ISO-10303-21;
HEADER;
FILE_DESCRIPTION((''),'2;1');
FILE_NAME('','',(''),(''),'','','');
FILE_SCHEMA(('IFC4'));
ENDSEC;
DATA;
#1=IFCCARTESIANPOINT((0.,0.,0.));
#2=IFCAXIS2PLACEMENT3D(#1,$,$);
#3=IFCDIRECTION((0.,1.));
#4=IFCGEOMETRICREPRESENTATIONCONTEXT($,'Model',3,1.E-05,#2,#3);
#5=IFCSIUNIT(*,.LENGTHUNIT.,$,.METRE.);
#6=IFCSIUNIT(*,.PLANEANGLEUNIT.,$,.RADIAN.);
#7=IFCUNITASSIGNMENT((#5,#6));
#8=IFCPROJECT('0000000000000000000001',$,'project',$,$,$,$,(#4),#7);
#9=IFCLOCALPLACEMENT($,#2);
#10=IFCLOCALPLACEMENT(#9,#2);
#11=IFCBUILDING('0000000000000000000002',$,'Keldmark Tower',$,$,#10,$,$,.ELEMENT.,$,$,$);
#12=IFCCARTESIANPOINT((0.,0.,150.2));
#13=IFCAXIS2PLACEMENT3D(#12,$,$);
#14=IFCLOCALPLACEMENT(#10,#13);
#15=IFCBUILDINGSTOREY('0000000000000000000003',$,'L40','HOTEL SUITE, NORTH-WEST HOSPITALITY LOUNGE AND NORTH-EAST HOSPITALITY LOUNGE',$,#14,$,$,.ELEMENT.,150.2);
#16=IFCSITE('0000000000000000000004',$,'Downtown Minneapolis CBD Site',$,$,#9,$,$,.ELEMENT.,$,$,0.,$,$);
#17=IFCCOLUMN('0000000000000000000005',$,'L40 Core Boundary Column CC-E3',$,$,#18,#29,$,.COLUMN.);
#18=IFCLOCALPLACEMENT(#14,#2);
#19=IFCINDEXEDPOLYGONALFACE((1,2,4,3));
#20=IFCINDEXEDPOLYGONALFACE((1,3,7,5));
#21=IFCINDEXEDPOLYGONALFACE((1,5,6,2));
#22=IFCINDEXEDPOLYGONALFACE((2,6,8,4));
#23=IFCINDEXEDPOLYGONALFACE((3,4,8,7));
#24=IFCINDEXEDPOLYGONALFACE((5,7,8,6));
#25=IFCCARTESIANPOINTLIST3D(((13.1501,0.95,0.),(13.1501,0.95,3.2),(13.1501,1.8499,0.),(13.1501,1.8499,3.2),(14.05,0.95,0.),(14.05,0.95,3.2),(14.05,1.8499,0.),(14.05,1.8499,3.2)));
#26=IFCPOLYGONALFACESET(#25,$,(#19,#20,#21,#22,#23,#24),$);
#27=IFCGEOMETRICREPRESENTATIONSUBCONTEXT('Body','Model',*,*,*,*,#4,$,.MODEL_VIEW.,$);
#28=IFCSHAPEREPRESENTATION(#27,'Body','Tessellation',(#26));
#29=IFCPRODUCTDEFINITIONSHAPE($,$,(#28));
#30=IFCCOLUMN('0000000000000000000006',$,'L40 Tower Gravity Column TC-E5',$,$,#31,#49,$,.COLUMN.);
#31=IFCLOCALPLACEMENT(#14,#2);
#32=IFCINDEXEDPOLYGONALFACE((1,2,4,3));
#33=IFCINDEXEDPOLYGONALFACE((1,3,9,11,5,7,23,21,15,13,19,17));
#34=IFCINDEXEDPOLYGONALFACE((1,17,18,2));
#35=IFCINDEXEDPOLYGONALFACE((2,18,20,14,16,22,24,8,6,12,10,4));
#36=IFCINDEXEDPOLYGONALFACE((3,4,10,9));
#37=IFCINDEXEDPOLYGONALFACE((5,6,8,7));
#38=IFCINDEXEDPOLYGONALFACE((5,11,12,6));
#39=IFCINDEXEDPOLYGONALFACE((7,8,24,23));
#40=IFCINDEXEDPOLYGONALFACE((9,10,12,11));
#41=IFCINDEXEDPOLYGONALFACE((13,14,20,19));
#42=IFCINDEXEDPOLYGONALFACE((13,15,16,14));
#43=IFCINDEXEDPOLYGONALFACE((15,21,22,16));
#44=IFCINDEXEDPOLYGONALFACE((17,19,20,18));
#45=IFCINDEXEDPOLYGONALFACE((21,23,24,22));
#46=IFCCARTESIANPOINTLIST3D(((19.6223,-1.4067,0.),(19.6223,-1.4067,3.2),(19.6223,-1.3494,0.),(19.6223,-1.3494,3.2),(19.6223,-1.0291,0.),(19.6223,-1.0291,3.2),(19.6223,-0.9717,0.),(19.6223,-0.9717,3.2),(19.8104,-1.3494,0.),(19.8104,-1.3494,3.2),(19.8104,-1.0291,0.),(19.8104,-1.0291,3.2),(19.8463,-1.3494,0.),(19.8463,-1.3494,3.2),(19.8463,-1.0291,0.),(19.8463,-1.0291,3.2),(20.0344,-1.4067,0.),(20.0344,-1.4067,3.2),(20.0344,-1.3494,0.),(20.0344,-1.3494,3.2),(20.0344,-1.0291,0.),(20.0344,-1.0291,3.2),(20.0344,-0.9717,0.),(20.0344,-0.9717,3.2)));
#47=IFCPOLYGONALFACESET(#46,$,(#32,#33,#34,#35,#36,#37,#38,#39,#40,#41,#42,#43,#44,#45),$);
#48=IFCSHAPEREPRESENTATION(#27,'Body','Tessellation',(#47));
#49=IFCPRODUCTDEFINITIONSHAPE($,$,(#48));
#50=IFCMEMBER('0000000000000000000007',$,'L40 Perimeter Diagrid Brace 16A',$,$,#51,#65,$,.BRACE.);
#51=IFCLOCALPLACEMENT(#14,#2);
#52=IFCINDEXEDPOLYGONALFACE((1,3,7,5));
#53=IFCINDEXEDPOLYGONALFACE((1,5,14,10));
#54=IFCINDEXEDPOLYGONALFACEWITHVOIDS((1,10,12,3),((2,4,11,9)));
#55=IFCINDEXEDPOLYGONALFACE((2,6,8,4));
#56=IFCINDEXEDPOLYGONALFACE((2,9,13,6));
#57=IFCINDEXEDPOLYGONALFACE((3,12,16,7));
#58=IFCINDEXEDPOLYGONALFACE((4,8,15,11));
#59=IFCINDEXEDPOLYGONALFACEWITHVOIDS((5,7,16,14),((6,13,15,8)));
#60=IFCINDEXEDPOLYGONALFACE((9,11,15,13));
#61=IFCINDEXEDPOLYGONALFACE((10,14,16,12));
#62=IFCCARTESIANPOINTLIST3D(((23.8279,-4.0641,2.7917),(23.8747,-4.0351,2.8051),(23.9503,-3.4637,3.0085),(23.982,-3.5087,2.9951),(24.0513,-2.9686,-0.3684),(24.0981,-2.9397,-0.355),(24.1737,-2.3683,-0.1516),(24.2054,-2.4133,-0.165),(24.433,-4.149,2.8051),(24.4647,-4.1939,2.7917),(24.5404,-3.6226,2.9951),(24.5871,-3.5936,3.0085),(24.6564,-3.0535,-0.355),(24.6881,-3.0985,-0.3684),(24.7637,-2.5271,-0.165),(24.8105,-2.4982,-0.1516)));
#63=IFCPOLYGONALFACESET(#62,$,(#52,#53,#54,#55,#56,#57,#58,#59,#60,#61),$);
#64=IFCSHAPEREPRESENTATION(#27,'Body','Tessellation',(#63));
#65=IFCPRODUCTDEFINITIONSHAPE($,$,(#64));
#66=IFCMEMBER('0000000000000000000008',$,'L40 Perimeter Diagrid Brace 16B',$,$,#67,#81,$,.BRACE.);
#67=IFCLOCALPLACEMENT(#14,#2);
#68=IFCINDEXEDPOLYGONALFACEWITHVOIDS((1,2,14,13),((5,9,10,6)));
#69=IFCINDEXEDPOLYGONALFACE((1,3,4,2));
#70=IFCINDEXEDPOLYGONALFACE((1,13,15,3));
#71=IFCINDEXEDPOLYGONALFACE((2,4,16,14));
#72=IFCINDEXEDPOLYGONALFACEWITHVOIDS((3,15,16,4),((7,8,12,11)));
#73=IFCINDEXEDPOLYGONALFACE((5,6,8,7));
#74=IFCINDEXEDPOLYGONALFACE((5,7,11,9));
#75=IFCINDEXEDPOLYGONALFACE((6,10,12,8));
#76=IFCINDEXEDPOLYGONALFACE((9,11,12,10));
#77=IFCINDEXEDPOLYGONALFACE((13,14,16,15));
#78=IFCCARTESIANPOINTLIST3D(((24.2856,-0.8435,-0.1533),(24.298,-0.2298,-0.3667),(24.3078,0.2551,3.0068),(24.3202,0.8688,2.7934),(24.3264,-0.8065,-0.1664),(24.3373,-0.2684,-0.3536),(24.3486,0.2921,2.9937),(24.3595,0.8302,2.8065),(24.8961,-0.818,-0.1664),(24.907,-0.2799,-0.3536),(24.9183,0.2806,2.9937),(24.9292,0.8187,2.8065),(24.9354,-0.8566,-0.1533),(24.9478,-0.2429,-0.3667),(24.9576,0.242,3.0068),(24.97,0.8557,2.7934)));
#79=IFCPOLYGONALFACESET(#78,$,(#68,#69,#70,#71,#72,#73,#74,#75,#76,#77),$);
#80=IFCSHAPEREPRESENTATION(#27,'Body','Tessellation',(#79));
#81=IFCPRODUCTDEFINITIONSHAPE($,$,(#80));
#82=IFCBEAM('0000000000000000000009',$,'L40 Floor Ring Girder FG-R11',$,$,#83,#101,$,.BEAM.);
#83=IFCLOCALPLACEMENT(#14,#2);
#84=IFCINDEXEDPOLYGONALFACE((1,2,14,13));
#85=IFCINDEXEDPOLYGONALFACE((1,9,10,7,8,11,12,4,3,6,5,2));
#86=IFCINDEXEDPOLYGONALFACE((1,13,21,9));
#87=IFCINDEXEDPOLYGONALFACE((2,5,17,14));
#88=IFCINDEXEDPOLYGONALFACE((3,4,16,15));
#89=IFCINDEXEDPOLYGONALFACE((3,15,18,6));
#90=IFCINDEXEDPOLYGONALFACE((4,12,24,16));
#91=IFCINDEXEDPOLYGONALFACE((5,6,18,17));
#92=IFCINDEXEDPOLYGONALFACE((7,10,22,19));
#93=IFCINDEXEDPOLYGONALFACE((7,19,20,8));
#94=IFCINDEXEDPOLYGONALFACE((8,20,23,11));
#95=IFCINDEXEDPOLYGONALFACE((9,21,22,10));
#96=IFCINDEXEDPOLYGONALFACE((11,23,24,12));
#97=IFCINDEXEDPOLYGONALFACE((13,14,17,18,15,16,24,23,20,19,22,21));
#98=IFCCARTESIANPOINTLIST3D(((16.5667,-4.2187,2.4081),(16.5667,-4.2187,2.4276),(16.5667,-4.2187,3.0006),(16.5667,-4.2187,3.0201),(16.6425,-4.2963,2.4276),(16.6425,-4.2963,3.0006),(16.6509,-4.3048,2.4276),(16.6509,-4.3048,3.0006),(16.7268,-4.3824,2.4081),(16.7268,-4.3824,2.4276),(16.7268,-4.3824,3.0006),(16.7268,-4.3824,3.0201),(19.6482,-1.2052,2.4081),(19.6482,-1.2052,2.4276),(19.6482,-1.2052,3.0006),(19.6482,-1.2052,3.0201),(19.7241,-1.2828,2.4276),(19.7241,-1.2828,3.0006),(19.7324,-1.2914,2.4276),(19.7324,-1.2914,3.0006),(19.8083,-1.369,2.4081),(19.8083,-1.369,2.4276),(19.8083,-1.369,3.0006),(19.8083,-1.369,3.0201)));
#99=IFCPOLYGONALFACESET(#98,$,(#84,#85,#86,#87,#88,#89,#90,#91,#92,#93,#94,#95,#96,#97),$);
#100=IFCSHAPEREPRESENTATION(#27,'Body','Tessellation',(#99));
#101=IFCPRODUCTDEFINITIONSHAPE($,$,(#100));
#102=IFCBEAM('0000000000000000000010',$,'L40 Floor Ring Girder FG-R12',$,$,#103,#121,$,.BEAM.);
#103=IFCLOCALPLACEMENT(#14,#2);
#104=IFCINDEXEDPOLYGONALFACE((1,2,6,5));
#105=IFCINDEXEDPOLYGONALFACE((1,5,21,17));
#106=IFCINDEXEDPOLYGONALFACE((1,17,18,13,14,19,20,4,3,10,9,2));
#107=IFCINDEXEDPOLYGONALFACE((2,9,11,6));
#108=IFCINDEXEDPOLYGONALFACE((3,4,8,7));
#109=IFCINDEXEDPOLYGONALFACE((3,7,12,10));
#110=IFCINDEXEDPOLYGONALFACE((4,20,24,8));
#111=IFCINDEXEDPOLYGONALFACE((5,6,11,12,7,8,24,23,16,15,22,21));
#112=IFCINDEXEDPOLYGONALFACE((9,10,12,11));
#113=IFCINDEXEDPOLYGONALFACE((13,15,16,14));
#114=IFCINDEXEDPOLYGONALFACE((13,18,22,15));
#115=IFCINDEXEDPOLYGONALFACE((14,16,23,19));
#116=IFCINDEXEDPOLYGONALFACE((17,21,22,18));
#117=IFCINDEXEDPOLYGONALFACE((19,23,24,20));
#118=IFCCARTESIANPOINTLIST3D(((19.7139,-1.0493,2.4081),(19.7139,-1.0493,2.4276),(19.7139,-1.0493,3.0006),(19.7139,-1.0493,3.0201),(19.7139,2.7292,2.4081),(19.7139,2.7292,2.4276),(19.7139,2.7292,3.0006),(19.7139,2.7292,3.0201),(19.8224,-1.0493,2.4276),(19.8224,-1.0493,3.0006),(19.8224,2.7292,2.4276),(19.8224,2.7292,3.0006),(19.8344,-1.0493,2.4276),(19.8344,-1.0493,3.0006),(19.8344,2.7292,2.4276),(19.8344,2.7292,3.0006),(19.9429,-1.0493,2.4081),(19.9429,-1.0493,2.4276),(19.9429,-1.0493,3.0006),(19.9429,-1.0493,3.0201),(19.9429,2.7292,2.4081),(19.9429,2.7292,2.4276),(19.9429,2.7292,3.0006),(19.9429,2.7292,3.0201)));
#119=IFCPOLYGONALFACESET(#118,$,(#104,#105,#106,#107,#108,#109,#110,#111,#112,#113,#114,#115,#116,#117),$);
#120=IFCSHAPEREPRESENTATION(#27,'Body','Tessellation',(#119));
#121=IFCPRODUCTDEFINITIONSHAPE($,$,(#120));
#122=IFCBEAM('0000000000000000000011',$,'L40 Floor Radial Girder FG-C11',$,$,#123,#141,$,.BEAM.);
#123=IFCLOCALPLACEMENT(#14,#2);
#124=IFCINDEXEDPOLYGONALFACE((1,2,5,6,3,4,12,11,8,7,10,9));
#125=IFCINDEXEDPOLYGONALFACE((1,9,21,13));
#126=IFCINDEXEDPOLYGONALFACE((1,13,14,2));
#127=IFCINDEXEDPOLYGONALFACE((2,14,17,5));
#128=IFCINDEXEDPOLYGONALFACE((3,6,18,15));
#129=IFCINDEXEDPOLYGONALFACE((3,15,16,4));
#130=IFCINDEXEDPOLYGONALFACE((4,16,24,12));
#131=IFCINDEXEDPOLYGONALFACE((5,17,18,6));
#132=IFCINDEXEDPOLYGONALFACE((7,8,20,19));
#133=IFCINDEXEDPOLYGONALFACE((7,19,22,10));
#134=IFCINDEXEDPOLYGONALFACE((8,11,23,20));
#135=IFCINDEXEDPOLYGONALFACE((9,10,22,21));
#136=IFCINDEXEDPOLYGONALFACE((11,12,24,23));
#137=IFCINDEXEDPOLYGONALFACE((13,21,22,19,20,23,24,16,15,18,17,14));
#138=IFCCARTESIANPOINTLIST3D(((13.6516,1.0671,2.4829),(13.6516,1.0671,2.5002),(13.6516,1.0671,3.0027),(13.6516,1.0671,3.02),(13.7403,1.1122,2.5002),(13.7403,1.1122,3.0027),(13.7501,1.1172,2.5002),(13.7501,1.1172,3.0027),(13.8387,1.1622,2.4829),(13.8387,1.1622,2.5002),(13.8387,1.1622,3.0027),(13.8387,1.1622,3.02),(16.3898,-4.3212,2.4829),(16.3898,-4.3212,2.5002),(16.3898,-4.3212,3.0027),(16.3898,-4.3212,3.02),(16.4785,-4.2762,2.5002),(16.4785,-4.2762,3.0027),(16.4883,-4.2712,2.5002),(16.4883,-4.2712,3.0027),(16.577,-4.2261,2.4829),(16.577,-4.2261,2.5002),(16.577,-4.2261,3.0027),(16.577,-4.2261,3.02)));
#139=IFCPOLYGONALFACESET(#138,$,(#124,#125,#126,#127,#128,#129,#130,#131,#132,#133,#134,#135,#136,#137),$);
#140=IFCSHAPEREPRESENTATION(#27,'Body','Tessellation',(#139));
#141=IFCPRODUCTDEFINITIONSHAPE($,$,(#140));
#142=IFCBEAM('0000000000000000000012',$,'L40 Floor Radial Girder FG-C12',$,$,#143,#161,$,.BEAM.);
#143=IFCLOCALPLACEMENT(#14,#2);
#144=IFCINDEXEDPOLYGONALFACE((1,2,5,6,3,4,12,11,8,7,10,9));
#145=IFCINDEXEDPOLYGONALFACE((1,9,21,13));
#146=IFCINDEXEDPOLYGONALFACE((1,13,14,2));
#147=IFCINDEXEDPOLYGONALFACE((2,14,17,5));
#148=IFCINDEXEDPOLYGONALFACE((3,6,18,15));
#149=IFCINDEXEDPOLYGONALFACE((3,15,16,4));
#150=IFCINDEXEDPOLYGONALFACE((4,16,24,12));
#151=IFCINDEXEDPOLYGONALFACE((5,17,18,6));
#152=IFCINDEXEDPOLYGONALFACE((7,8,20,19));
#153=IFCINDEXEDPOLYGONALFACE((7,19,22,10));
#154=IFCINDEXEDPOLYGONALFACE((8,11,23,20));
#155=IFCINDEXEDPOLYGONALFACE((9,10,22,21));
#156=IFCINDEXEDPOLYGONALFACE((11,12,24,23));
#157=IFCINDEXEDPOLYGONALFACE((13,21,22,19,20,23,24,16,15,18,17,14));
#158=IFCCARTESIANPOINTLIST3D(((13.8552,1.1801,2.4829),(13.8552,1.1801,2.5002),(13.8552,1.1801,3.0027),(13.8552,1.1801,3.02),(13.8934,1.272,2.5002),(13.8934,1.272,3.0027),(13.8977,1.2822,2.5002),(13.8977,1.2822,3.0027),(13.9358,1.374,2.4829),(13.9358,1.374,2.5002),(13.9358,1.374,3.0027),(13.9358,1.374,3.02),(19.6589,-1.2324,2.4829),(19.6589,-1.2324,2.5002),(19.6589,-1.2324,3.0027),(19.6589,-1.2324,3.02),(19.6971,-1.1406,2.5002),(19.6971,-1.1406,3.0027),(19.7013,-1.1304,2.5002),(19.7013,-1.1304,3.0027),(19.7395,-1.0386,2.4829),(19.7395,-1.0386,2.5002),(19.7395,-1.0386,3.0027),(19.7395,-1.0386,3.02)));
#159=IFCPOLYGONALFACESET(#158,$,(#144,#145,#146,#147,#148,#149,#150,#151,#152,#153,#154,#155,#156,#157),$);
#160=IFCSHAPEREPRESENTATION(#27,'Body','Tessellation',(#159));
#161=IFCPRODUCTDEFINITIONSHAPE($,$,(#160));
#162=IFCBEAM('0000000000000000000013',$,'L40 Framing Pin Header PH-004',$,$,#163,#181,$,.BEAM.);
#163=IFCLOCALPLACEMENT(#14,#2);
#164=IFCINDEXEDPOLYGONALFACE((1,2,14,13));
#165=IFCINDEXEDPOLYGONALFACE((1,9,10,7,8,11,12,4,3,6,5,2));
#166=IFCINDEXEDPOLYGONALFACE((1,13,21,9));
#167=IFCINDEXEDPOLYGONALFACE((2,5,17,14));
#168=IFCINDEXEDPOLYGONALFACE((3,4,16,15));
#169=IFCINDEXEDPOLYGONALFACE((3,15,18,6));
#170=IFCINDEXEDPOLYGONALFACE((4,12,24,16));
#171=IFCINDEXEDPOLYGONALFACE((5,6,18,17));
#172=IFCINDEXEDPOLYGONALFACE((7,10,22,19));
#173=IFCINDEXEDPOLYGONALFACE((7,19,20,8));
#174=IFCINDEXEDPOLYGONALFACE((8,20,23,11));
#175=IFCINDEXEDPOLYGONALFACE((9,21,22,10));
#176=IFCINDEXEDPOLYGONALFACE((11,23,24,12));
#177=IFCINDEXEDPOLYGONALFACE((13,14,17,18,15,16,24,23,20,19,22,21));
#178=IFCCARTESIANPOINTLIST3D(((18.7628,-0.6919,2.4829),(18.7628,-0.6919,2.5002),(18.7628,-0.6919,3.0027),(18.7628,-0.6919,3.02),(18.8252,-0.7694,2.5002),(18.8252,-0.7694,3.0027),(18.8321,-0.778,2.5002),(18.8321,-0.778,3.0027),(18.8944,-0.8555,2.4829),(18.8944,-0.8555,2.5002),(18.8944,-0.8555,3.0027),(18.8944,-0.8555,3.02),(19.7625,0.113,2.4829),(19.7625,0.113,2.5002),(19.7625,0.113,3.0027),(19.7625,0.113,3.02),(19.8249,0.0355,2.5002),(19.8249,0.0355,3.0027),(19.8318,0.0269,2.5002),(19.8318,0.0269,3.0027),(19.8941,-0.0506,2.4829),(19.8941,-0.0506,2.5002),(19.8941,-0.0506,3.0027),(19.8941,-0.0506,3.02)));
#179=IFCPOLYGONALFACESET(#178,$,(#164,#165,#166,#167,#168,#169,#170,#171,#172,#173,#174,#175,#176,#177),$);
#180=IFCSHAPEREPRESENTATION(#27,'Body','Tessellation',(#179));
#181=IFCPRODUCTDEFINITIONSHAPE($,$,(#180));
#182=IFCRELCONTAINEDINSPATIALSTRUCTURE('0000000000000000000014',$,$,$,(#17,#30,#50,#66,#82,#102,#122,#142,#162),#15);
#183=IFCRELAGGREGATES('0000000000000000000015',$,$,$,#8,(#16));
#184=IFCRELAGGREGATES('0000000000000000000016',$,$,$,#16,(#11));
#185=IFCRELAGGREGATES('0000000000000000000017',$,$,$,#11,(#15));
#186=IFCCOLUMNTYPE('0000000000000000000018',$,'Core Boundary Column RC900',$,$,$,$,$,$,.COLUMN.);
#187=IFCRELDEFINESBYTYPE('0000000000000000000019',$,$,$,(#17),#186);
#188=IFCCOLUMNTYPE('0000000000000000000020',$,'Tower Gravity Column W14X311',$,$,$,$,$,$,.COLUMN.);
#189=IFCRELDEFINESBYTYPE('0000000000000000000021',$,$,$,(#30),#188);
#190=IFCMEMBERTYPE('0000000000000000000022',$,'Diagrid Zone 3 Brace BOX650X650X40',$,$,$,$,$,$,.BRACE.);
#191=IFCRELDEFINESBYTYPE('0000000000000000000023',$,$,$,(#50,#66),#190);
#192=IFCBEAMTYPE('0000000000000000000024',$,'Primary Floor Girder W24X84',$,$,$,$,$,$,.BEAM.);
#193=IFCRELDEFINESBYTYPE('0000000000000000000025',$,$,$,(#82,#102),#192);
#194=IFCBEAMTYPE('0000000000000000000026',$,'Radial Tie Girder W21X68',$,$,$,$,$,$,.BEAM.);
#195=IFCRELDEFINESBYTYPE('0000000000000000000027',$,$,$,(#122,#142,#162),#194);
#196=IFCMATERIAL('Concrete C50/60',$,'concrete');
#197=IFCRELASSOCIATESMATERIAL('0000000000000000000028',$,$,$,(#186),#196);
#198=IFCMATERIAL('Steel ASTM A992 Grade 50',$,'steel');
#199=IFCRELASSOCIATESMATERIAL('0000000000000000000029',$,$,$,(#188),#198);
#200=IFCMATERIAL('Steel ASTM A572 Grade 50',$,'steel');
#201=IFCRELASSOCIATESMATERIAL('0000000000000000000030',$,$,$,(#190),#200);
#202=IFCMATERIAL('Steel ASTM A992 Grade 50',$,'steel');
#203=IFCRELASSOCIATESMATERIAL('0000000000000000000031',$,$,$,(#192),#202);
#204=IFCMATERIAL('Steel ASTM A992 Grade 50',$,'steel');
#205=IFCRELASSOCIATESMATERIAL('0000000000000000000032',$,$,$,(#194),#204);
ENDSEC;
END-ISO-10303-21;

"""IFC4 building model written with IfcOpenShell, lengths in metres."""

from ifc_helpers import new_model, si_unit, direction, frame, origin, origin_2d, place, context, subcontext, project, spatial, rectangle, hollow_rectangle, i_section, extrude, material, material_profile, profile_set, type_object, element, save


model = new_model("IFC4")

# Units and contexts
model_context = context("Model", 3, precision=1e-05, world=origin(), true_north=direction((0.0, 1.0)))
body_context = subcontext(model_context, "Body", "Model", "MODEL_VIEW")
ifc_project = project(units=[si_unit("LENGTHUNIT", "METRE"), si_unit("PLANEANGLEUNIT", "RADIAN")], contexts=[model_context])

# Site, building, storey
site_placement = place(None, origin())
site = spatial("IfcSite", under=ifc_project, at=site_placement, Name="Downtown Minneapolis CBD Site", CompositionType="ELEMENT", RefElevation=0.0)
building_placement = place(site_placement, origin())
building = spatial("IfcBuilding", under=site, at=building_placement, Name="Keldmark Tower", CompositionType="ELEMENT")
storey_placement = place(building_placement, frame((0.0, 0.0, 150.2)))
storey = spatial("IfcBuildingStorey", under=building, at=storey_placement, Name="L40", Description="HOTEL SUITE, NORTH-WEST HOSPITALITY LOUNGE AND NORTH-EAST HOSPITALITY LOUNGE", CompositionType="ELEMENT", Elevation=150.2)

# Columns
ifc_material_1 = material(Name="Concrete C50/60", Category="concrete")
ifc_material_profile_1 = material_profile(ifc_material_1, rectangle(XDim=0.8999, YDim=0.8999, at=origin_2d()), Name="RC900X900")
ifc_profile_set_1 = profile_set([ifc_material_profile_1], Name="Concrete C50/60")
column_type_1 = type_object("IfcColumnType", Name="Core Boundary Column RC900", PredefinedType="COLUMN", material=ifc_profile_set_1)
column_1_placement = place(storey_placement, frame((13.6001, 1.3999, 0.0), z_axis=(0.0, 0.0, 1.0), x_axis=(1.0, 0.0, 0.0)))
element("IfcColumn", 1, at=column_1_placement, inside=storey, type_object=column_type_1, Name="L40 Core Boundary Column CC-E3", PredefinedType="COLUMN", context=body_context, shape_type="SweptSolid", body=[
    extrude(rectangle(XDim=0.8999, YDim=0.8999, at=origin_2d()), origin(), (0.0, 0.0, 1.0), 3.2),
])
ifc_material_2 = material(Name="Steel ASTM A992 Grade 50", Category="steel")
ifc_material_profile_2 = material_profile(ifc_material_2, i_section(OverallWidth=0.4121, OverallDepth=0.4351, WebThickness=0.0359, FlangeThickness=0.0574, at=origin_2d()), Name="W14X311")
ifc_profile_set_2 = profile_set([ifc_material_profile_2], Name="Steel ASTM A992 Grade 50")
column_type_2 = type_object("IfcColumnType", Name="Tower Gravity Column W14X311", PredefinedType="COLUMN", material=ifc_profile_set_2)
column_2_placement = place(storey_placement, frame((19.8284, -1.1892, 0.0), z_axis=(0.0, 0.0, 1.0), x_axis=(1.0, 0.0, 0.0)))
element("IfcColumn", 2, at=column_2_placement, inside=storey, type_object=column_type_2, Name="L40 Tower Gravity Column TC-E5", PredefinedType="COLUMN", context=body_context, shape_type="SweptSolid", body=[
    extrude(i_section(OverallWidth=0.4121, OverallDepth=0.4351, WebThickness=0.0359, FlangeThickness=0.0574, at=origin_2d()), origin(), (0.0, 0.0, 1.0), 3.2),
])

# Members
ifc_material_3 = material(Name="Steel ASTM A572 Grade 50", Category="steel")
ifc_material_profile_3 = material_profile(ifc_material_3, hollow_rectangle(XDim=0.6499, YDim=0.6499, WallThickness=0.04, at=origin_2d()), Name="BOX650X650X40")
ifc_profile_set_3 = profile_set([ifc_material_profile_3], Name="Steel ASTM A572 Grade 50")
member_type = type_object("IfcMemberType", Name="Diagrid Zone 3 Brace BOX650X650X40", PredefinedType="BRACE", material=ifc_profile_set_3)
member_1_placement = place(storey_placement, frame((24.4309, -2.7334, -0.26), z_axis=(-0.066642, -0.326799, 0.942742), x_axis=(0.979835, -0.19981, 0.0)))
element("IfcMember", 3, at=member_1_placement, inside=storey, type_object=member_type, Name="L40 Perimeter Diagrid Brace 16A", PredefinedType="BRACE", context=body_context, shape_type="SweptSolid", body=[
    extrude(hollow_rectangle(XDim=0.6499, YDim=0.6499, WallThickness=0.04, at=origin_2d()), origin(), (0.0, 0.0, 1.0), 3.3521),
])
member_2_placement = place(storey_placement, frame((24.6167, -0.5432, -0.26), z_axis=(0.00664, 0.328366, 0.944527), x_axis=(-0.999796, 0.020218, 0.0)))
element("IfcMember", 4, at=member_2_placement, inside=storey, type_object=member_type, Name="L40 Perimeter Diagrid Brace 16B", PredefinedType="BRACE", context=body_context, shape_type="SweptSolid", body=[
    extrude(hollow_rectangle(XDim=0.6499, YDim=0.6499, WallThickness=0.04, at=origin_2d()), origin(), (0.0, 0.0, 1.0), 3.3457),
])

# Beams
ifc_material_4 = material(Name="Steel ASTM A992 Grade 50", Category="steel")
ifc_material_profile_4 = material_profile(ifc_material_4, i_section(OverallWidth=0.229, OverallDepth=0.6121, WebThickness=0.012, FlangeThickness=0.0195, at=origin_2d()), Name="W24X84")
ifc_profile_set_4 = profile_set([ifc_material_profile_4], Name="Steel ASTM A992 Grade 50")
beam_type_1 = type_object("IfcBeamType", Name="Primary Floor Girder W24X84", PredefinedType="BEAM", material=ifc_profile_set_4)
beam_1_placement = place(storey_placement, frame((16.6467, -4.3005, 2.7141), z_axis=(0.714965, 0.699161, 0.0), x_axis=(-0.699161, 0.714965, 0.0)))
element("IfcBeam", 5, at=beam_1_placement, inside=storey, type_object=beam_type_1, Name="L40 Floor Ring Girder FG-R11", PredefinedType="BEAM", context=body_context, shape_type="SweptSolid", body=[
    extrude(i_section(OverallWidth=0.229, OverallDepth=0.6121, WebThickness=0.012, FlangeThickness=0.0195, at=origin_2d()), origin(), (0.0, 0.0, 1.0), 4.3101),
])
beam_2_placement = place(storey_placement, frame((19.8284, -1.0493, 2.7141), z_axis=(0.0, 1.0, 0.0), x_axis=(-1.0, 0.0, 0.0)))
element("IfcBeam", 6, at=beam_2_placement, inside=storey, type_object=beam_type_1, Name="L40 Floor Ring Girder FG-R12", PredefinedType="BEAM", context=body_context, shape_type="SweptSolid", body=[
    extrude(i_section(OverallWidth=0.229, OverallDepth=0.6121, WebThickness=0.012, FlangeThickness=0.0195, at=origin_2d()), origin(), (0.0, 0.0, 1.0), 3.7786),
])
ifc_material_5 = material(Name="Steel ASTM A992 Grade 50", Category="steel")
ifc_material_profile_5 = material_profile(ifc_material_5, i_section(OverallWidth=0.21, OverallDepth=0.5371, WebThickness=0.011, FlangeThickness=0.0173, at=origin_2d()), Name="W21X68")
ifc_profile_set_5 = profile_set([ifc_material_profile_5], Name="Steel ASTM A992 Grade 50")
beam_type_2 = type_object("IfcBeamType", Name="Radial Tie Girder W21X68", PredefinedType="BEAM", material=ifc_profile_set_5)
beam_3_placement = place(storey_placement, frame((16.4834, -4.2737, 2.7515), z_axis=(-0.453037, 0.891492, 0.0), x_axis=(-0.891492, -0.453037, 0.0)))
element("IfcBeam", 7, at=beam_3_placement, inside=storey, type_object=beam_type_2, Name="L40 Floor Radial Girder FG-C11", PredefinedType="BEAM", context=body_context, shape_type="SweptSolid", body=[
    extrude(i_section(OverallWidth=0.21, OverallDepth=0.5371, WebThickness=0.011, FlangeThickness=0.0173, at=origin_2d()), origin(), (0.0, 0.0, 1.0), 6.0442),
])
beam_4_placement = place(storey_placement, frame((19.6992, -1.1355, 2.7515), z_axis=(-0.923394, 0.383854, 0.0), x_axis=(-0.383854, -0.923394, 0.0)))
element("IfcBeam", 8, at=beam_4_placement, inside=storey, type_object=beam_type_2, Name="L40 Floor Radial Girder FG-C12", PredefinedType="BEAM", context=body_context, shape_type="SweptSolid", body=[
    extrude(i_section(OverallWidth=0.21, OverallDepth=0.5371, WebThickness=0.011, FlangeThickness=0.0173, at=origin_2d()), origin(), (0.0, 0.0, 1.0), 6.2852),
])
beam_5_placement = place(storey_placement, frame((18.8286, -0.7737, 2.7515), z_axis=(0.778917, 0.627128, 0.0), x_axis=(-0.627128, 0.778917, 0.0)))
element("IfcBeam", 9, at=beam_5_placement, inside=storey, type_object=beam_type_2, Name="L40 Framing Pin Header PH-004", PredefinedType="BEAM", context=body_context, shape_type="SweptSolid", body=[
    extrude(i_section(OverallWidth=0.21, OverallDepth=0.5371, WebThickness=0.011, FlangeThickness=0.0173, at=origin_2d()), origin(), (0.0, 0.0, 1.0), 1.2834),
])

save(model, "model.ifc")
